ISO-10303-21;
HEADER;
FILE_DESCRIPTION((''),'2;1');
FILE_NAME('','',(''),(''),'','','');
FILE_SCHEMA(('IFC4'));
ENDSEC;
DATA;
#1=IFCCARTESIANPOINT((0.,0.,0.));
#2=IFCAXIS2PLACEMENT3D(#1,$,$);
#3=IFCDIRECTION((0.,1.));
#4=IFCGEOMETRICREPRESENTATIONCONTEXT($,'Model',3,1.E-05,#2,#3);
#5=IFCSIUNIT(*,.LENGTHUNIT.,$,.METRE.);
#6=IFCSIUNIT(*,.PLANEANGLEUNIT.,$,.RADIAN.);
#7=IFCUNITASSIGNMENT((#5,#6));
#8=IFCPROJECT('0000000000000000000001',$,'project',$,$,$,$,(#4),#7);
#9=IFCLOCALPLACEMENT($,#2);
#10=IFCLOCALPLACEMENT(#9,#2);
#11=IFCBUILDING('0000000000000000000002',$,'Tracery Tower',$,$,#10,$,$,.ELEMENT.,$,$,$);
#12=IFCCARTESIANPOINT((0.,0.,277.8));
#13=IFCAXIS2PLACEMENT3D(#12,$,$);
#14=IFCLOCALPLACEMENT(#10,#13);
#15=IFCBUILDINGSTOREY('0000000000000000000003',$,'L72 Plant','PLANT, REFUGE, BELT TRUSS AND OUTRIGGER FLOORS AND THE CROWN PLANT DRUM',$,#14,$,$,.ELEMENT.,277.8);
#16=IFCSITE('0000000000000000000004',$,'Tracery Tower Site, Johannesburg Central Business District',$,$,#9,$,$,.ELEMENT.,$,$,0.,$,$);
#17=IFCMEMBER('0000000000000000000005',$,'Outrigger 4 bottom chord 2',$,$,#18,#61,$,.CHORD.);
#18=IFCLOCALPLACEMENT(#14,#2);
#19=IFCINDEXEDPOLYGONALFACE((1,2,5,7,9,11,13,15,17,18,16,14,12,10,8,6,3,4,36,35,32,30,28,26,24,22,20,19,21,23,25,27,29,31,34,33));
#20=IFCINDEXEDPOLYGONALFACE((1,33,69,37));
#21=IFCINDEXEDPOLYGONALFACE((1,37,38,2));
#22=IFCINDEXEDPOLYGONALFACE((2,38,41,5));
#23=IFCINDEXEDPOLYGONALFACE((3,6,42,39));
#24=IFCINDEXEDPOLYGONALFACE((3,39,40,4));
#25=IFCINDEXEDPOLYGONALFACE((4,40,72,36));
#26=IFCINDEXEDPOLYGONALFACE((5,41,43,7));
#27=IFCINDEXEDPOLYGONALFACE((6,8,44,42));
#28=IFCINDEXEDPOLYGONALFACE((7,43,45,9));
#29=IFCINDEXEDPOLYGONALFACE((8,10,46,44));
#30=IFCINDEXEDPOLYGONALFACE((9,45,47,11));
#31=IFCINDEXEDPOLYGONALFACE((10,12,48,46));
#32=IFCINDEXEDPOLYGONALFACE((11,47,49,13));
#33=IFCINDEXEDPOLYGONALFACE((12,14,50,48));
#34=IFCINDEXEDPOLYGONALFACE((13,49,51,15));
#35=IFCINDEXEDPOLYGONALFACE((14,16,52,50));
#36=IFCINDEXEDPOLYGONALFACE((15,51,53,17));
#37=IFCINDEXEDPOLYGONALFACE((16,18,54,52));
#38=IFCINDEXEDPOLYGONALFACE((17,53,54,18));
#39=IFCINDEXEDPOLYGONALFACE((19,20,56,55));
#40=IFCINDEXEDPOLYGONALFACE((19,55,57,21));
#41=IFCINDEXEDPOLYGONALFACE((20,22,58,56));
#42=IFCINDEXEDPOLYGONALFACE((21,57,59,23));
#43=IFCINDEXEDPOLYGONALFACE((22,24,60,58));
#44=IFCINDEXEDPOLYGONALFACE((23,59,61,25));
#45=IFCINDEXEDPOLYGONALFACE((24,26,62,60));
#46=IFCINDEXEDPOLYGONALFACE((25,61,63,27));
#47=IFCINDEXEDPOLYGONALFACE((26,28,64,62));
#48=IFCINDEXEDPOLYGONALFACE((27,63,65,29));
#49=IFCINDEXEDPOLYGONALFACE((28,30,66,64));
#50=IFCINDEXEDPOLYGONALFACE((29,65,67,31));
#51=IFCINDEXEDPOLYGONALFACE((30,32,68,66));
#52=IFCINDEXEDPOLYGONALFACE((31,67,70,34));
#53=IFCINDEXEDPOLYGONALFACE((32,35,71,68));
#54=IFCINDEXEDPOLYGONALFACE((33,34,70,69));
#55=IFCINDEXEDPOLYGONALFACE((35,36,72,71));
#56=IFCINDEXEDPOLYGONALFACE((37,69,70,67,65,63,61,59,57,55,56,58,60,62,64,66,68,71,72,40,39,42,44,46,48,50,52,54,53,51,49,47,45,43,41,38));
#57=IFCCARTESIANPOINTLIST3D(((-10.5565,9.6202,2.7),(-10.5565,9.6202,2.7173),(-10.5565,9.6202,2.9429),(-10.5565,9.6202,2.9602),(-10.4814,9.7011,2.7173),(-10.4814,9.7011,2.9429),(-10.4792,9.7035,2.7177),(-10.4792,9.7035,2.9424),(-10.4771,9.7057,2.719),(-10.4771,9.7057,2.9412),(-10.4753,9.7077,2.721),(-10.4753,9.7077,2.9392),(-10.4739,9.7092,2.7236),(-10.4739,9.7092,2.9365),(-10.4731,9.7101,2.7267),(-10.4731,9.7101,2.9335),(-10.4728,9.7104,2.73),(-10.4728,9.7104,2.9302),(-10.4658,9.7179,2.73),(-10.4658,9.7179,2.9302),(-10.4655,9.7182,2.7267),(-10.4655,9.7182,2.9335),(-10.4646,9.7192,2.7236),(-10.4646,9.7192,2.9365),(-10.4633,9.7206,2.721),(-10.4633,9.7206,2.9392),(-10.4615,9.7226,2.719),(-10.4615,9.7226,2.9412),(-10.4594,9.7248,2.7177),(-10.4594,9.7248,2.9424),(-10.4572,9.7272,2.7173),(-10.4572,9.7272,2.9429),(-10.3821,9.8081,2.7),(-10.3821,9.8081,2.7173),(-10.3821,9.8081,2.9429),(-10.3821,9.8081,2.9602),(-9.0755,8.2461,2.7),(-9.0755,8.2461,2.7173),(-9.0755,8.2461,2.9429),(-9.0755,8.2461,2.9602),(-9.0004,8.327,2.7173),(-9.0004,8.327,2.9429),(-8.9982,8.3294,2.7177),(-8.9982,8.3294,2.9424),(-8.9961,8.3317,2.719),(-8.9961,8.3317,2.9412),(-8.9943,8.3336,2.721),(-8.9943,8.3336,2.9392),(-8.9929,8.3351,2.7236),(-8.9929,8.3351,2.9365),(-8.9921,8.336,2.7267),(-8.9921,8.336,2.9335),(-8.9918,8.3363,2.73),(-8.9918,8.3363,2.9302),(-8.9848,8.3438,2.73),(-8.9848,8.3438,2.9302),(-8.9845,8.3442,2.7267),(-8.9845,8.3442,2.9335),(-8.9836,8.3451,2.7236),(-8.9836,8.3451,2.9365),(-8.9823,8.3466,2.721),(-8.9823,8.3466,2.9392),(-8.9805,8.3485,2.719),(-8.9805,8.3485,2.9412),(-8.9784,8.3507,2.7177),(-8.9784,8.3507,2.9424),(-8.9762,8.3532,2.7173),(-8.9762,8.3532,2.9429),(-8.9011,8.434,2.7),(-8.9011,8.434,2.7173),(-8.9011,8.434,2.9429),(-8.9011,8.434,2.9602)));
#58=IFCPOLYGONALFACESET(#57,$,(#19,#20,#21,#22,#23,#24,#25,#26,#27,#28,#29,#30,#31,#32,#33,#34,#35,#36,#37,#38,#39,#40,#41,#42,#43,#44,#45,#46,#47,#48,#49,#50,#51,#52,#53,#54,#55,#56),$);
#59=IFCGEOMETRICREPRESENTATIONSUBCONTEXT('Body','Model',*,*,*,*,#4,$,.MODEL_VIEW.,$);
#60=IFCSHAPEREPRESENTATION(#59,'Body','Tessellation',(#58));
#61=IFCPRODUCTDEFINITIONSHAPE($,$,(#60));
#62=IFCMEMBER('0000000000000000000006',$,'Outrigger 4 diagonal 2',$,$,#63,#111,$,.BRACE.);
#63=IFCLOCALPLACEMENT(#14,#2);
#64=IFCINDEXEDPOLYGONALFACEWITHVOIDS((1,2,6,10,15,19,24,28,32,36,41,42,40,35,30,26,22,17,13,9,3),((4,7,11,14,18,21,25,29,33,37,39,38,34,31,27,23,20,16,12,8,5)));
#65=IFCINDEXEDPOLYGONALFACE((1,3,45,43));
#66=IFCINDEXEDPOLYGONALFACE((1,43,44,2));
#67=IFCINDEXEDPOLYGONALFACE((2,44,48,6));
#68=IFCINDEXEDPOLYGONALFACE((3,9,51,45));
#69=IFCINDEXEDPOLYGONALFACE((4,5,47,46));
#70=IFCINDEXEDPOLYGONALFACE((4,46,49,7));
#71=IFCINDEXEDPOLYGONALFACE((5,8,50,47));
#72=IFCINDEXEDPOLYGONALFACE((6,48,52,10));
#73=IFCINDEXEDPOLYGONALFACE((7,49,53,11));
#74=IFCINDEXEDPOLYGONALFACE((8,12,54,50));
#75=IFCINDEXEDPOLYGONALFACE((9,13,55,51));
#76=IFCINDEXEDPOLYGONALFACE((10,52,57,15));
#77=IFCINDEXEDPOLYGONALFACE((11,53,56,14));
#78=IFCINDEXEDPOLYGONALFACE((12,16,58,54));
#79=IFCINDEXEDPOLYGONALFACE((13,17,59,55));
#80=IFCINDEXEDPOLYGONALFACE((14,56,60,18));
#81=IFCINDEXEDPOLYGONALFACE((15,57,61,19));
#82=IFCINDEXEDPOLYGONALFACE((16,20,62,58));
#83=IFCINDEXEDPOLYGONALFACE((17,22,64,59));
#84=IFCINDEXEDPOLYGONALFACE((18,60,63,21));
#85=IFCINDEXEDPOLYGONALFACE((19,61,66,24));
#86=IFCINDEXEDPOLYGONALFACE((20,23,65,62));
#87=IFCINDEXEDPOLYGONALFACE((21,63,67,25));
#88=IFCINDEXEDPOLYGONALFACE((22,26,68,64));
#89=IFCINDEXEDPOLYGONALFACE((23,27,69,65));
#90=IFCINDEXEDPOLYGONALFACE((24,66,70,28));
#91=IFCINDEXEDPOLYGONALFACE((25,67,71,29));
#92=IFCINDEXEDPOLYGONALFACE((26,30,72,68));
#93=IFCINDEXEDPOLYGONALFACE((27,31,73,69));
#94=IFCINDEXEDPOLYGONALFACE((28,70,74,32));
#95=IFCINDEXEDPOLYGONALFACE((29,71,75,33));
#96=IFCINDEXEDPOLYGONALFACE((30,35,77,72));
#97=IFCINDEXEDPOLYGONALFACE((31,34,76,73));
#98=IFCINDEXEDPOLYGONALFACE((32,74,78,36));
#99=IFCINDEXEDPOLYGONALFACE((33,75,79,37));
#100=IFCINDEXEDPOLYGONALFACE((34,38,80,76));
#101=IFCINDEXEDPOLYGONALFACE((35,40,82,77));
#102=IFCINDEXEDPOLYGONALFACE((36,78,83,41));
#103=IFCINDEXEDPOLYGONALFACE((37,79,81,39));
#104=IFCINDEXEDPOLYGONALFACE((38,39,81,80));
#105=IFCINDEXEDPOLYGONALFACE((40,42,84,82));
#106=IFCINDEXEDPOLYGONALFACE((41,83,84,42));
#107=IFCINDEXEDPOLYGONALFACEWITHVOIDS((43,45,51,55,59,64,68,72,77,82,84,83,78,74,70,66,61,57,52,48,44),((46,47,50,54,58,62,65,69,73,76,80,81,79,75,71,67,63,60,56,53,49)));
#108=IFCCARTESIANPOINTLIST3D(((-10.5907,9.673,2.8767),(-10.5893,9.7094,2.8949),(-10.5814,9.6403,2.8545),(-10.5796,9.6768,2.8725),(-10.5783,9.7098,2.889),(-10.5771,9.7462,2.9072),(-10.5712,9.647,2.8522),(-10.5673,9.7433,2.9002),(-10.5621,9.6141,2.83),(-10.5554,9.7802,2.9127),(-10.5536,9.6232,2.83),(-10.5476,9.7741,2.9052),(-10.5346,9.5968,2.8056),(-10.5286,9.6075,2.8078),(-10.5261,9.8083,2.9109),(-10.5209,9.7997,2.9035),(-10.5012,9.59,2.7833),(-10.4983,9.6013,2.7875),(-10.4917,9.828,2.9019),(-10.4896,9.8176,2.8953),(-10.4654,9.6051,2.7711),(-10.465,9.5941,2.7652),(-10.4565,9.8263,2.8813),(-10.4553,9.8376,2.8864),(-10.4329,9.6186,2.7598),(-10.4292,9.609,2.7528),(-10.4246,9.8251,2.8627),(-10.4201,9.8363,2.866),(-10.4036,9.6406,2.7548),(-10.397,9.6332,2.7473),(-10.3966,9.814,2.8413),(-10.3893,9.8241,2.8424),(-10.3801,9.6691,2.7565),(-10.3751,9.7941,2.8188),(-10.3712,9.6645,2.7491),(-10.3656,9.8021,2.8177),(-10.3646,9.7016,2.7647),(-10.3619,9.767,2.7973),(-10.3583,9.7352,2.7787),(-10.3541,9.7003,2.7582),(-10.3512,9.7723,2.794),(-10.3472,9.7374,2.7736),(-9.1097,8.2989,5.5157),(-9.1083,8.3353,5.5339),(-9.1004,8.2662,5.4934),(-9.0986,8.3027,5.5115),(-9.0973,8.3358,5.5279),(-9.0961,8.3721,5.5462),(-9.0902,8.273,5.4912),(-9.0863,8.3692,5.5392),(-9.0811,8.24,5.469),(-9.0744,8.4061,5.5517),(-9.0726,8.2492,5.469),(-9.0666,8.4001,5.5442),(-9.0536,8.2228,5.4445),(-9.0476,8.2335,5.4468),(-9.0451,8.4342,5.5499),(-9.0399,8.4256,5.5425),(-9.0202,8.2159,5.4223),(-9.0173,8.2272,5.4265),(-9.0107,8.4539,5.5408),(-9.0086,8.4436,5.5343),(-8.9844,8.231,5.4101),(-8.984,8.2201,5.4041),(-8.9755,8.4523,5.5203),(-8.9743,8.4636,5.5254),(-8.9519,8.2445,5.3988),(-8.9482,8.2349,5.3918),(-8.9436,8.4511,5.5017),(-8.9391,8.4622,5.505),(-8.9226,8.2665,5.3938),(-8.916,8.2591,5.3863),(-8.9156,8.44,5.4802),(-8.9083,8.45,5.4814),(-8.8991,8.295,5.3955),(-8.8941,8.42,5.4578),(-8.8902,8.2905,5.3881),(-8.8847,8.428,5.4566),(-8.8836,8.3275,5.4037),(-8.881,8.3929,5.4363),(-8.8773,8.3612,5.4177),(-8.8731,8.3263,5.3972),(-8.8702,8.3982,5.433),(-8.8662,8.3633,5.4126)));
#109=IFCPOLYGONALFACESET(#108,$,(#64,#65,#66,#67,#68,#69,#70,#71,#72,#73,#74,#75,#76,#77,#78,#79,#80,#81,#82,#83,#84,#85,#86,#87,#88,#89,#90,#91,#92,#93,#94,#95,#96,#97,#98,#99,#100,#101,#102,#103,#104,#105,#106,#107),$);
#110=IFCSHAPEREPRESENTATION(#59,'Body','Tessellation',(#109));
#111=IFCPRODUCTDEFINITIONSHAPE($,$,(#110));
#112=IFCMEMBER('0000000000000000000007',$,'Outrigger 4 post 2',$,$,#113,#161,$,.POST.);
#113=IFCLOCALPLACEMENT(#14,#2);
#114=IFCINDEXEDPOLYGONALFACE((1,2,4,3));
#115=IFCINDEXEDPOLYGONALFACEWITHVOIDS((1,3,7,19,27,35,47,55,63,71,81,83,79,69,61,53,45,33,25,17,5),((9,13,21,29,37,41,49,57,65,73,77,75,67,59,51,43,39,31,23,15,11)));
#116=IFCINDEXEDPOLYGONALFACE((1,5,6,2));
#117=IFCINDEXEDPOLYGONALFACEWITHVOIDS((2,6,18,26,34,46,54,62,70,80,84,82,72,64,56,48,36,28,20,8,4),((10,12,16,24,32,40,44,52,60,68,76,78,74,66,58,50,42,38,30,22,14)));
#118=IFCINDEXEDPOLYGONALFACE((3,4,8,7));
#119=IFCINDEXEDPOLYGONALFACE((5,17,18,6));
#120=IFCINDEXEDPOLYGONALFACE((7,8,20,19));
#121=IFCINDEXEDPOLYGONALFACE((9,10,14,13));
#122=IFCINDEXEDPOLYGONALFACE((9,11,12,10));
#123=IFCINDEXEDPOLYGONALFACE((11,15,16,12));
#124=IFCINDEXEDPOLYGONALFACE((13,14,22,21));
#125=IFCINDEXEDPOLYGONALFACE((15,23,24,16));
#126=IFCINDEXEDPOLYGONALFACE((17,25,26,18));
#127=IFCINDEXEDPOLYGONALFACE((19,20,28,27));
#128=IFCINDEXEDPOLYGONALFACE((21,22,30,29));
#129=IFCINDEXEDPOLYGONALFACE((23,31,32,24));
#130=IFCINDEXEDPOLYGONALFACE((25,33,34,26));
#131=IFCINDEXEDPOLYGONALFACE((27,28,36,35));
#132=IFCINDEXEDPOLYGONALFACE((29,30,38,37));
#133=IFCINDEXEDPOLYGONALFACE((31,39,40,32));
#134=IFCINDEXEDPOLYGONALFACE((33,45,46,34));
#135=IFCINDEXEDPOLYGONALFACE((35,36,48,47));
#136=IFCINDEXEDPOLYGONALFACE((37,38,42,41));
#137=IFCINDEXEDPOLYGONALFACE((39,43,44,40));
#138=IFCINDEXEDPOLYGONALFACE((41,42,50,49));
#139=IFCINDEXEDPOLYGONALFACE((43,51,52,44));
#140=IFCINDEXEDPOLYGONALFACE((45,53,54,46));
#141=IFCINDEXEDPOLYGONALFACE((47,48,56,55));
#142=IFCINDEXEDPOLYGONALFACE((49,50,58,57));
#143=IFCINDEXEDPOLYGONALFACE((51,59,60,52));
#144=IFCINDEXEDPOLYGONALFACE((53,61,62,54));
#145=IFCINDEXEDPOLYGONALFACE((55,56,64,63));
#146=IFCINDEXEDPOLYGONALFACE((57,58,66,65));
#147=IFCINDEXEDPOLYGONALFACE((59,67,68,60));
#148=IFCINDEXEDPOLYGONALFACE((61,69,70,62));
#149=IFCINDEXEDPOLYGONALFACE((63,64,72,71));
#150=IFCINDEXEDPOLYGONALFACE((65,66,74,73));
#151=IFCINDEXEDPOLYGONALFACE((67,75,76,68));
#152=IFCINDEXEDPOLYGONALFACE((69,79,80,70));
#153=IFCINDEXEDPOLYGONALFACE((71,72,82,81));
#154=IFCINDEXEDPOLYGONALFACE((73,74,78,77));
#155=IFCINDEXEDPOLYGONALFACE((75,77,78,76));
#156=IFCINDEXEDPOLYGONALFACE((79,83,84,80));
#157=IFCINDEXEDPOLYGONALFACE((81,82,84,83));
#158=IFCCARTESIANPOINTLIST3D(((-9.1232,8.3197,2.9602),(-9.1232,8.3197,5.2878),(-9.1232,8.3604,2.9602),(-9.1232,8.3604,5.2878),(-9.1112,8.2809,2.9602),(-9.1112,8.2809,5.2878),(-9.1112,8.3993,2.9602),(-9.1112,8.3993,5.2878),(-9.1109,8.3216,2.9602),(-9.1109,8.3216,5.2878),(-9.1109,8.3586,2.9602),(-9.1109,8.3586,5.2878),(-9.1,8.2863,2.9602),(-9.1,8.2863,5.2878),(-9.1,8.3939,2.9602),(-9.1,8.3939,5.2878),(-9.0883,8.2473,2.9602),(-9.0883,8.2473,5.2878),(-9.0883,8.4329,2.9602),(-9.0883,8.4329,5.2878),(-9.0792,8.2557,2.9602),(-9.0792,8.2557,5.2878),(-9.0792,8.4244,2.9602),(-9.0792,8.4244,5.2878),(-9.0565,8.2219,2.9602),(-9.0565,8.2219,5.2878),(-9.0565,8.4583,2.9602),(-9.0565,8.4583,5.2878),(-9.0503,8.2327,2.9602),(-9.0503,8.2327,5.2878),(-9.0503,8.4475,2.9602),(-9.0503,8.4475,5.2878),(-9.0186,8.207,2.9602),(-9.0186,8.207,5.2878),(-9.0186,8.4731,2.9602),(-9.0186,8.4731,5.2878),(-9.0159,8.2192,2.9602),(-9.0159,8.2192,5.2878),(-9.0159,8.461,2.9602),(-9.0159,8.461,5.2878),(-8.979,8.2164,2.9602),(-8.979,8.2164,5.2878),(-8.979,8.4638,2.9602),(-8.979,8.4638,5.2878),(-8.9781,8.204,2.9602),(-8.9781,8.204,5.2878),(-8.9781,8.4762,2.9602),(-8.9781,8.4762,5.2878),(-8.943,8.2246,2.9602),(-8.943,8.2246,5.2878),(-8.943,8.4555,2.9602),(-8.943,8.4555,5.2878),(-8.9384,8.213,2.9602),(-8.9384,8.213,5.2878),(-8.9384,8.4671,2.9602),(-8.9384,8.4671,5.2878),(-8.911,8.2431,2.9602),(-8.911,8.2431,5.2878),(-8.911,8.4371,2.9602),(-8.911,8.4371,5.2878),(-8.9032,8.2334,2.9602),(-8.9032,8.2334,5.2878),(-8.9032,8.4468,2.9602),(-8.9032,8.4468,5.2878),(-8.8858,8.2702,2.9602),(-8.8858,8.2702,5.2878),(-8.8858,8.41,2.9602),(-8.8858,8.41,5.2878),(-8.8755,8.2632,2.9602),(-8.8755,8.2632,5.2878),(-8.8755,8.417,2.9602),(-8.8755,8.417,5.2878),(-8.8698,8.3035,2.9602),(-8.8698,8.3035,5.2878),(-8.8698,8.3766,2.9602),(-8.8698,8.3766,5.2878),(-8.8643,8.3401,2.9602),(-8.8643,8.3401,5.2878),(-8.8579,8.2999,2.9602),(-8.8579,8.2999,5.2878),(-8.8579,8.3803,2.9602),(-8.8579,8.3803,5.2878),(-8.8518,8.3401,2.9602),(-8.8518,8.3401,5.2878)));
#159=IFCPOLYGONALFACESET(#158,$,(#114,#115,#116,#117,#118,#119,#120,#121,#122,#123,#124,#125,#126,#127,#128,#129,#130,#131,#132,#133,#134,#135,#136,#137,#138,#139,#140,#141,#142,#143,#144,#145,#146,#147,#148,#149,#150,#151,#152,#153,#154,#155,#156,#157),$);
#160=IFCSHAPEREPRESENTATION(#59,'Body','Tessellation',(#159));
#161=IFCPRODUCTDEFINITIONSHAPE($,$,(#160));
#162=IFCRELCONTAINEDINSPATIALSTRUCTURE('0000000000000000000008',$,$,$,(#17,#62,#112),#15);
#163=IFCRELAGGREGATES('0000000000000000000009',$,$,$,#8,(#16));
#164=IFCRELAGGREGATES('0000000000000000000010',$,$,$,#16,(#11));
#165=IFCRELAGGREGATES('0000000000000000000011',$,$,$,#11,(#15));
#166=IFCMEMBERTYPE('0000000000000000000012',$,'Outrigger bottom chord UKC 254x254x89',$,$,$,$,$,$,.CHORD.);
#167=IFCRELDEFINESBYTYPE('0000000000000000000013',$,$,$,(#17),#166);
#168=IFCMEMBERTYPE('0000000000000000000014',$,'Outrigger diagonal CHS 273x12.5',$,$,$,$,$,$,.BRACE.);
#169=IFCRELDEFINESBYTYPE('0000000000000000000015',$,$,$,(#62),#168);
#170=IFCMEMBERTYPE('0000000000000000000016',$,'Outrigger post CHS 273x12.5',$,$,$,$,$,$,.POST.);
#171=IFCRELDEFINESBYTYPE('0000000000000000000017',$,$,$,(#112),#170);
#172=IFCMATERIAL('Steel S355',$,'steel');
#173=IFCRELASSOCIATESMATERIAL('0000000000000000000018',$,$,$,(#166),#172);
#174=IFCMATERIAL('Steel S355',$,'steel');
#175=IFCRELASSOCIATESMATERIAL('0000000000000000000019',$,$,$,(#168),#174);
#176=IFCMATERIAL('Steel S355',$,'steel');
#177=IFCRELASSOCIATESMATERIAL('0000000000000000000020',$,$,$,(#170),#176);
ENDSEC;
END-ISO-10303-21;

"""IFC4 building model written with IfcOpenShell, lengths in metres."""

from ifc_helpers import new_model, si_unit, direction, frame, origin, origin_2d, place, context, subcontext, project, spatial, hollow_circle, i_section, extrude, material, material_profile, profile_set, type_object, element, save


model = new_model("IFC4")

# Units and contexts
model_context = context("Model", 3, precision=1e-05, world=origin(), true_north=direction((0.0, 1.0)))
body_context = subcontext(model_context, "Body", "Model", "MODEL_VIEW")
ifc_project = project(units=[si_unit("LENGTHUNIT", "METRE"), si_unit("PLANEANGLEUNIT", "RADIAN")], contexts=[model_context])

# Site, building, storey
site_placement = place(None, origin())
site = spatial("IfcSite", under=ifc_project, at=site_placement, Name="Tracery Tower Site, Johannesburg Central Business District", CompositionType="ELEMENT", RefElevation=0.0)
building_placement = place(site_placement, origin())
building = spatial("IfcBuilding", under=site, at=building_placement, Name="Tracery Tower", CompositionType="ELEMENT")
storey_placement = place(building_placement, frame((0.0, 0.0, 277.8)))
storey = spatial("IfcBuildingStorey", under=building, at=storey_placement, Name="L72 Plant", Description="PLANT, REFUGE, BELT TRUSS AND OUTRIGGER FLOORS AND THE CROWN PLANT DRUM", CompositionType="ELEMENT", Elevation=277.8)

# Members
ifc_material_1 = material(Name="Steel S355", Category="steel")
ifc_material_profile_1 = material_profile(ifc_material_1, i_section(OverallWidth=0.2563, OverallDepth=0.2603, WebThickness=0.0103, FlangeThickness=0.0173, FilletRadius=0.0127, at=origin_2d()), Name="UKC 254x254x89")
ifc_profile_set_1 = profile_set([ifc_material_profile_1], Name="Steel S355")
member_type_1 = type_object("IfcMemberType", Name="Outrigger bottom chord UKC 254x254x89", PredefinedType="CHORD", material=ifc_profile_set_1)
member_1_placement = place(storey_placement, frame((-8.9883, 8.3401, 2.8301), z_axis=(-0.733078, 0.680145, 0.0), x_axis=(-0.680145, -0.733078, 0.0)))
element("IfcMember", 1, at=member_1_placement, inside=storey, type_object=member_type_1, Name="Outrigger 4 bottom chord 2", PredefinedType="CHORD", context=body_context, shape_type="SweptSolid", body=[
    extrude(i_section(OverallWidth=0.2563, OverallDepth=0.2603, WebThickness=0.0103, FlangeThickness=0.0173, FilletRadius=0.0127, at=origin_2d()), origin(), (0.0, 0.0, 1.0), 2.0203),
])
ifc_material_2 = material(Name="Steel S355", Category="steel")
ifc_material_profile_2 = material_profile(ifc_material_2, hollow_circle(Radius=0.1365, WallThickness=0.0125, at=origin_2d()), Name="CHS 273x12.5")
ifc_profile_set_2 = profile_set([ifc_material_profile_2], Name="Steel S355")
member_type_2 = type_object("IfcMemberType", Name="Outrigger diagonal CHS 273x12.5", PredefinedType="BRACE", material=ifc_profile_set_2)
member_2_placement = place(storey_placement, frame((-8.9883, 8.3401, 5.469), z_axis=(-0.445614, 0.413438, -0.794039), x_axis=(-0.680145, -0.733078, 0.0)))
element("IfcMember", 2, at=member_2_placement, inside=storey, type_object=member_type_2, Name="Outrigger 4 diagonal 2", PredefinedType="BRACE", context=body_context, shape_type="SweptSolid", body=[
    extrude(hollow_circle(Radius=0.1365, WallThickness=0.0125, at=origin_2d()), origin(), (0.0, 0.0, 1.0), 3.3235),
])
ifc_material_3 = material(Name="Steel S355", Category="steel")
ifc_material_profile_3 = material_profile(ifc_material_3, hollow_circle(Radius=0.1365, WallThickness=0.0125, at=origin_2d()), Name="CHS 273x12.5")
ifc_profile_set_3 = profile_set([ifc_material_profile_3], Name="Steel S355")
member_type_3 = type_object("IfcMemberType", Name="Outrigger post CHS 273x12.5", PredefinedType="POST", material=ifc_profile_set_3)
member_3_placement = place(storey_placement, frame((-8.9883, 8.3401, 2.9602), z_axis=(0.0, 0.0, 1.0), x_axis=(1.0, 0.0, 0.0)))
element("IfcMember", 3, at=member_3_placement, inside=storey, type_object=member_type_3, Name="Outrigger 4 post 2", PredefinedType="POST", context=body_context, shape_type="SweptSolid", body=[
    extrude(hollow_circle(Radius=0.1365, WallThickness=0.0125, at=origin_2d()), origin(), (0.0, 0.0, 1.0), 2.3276),
])

save(model, "model.ifc")
